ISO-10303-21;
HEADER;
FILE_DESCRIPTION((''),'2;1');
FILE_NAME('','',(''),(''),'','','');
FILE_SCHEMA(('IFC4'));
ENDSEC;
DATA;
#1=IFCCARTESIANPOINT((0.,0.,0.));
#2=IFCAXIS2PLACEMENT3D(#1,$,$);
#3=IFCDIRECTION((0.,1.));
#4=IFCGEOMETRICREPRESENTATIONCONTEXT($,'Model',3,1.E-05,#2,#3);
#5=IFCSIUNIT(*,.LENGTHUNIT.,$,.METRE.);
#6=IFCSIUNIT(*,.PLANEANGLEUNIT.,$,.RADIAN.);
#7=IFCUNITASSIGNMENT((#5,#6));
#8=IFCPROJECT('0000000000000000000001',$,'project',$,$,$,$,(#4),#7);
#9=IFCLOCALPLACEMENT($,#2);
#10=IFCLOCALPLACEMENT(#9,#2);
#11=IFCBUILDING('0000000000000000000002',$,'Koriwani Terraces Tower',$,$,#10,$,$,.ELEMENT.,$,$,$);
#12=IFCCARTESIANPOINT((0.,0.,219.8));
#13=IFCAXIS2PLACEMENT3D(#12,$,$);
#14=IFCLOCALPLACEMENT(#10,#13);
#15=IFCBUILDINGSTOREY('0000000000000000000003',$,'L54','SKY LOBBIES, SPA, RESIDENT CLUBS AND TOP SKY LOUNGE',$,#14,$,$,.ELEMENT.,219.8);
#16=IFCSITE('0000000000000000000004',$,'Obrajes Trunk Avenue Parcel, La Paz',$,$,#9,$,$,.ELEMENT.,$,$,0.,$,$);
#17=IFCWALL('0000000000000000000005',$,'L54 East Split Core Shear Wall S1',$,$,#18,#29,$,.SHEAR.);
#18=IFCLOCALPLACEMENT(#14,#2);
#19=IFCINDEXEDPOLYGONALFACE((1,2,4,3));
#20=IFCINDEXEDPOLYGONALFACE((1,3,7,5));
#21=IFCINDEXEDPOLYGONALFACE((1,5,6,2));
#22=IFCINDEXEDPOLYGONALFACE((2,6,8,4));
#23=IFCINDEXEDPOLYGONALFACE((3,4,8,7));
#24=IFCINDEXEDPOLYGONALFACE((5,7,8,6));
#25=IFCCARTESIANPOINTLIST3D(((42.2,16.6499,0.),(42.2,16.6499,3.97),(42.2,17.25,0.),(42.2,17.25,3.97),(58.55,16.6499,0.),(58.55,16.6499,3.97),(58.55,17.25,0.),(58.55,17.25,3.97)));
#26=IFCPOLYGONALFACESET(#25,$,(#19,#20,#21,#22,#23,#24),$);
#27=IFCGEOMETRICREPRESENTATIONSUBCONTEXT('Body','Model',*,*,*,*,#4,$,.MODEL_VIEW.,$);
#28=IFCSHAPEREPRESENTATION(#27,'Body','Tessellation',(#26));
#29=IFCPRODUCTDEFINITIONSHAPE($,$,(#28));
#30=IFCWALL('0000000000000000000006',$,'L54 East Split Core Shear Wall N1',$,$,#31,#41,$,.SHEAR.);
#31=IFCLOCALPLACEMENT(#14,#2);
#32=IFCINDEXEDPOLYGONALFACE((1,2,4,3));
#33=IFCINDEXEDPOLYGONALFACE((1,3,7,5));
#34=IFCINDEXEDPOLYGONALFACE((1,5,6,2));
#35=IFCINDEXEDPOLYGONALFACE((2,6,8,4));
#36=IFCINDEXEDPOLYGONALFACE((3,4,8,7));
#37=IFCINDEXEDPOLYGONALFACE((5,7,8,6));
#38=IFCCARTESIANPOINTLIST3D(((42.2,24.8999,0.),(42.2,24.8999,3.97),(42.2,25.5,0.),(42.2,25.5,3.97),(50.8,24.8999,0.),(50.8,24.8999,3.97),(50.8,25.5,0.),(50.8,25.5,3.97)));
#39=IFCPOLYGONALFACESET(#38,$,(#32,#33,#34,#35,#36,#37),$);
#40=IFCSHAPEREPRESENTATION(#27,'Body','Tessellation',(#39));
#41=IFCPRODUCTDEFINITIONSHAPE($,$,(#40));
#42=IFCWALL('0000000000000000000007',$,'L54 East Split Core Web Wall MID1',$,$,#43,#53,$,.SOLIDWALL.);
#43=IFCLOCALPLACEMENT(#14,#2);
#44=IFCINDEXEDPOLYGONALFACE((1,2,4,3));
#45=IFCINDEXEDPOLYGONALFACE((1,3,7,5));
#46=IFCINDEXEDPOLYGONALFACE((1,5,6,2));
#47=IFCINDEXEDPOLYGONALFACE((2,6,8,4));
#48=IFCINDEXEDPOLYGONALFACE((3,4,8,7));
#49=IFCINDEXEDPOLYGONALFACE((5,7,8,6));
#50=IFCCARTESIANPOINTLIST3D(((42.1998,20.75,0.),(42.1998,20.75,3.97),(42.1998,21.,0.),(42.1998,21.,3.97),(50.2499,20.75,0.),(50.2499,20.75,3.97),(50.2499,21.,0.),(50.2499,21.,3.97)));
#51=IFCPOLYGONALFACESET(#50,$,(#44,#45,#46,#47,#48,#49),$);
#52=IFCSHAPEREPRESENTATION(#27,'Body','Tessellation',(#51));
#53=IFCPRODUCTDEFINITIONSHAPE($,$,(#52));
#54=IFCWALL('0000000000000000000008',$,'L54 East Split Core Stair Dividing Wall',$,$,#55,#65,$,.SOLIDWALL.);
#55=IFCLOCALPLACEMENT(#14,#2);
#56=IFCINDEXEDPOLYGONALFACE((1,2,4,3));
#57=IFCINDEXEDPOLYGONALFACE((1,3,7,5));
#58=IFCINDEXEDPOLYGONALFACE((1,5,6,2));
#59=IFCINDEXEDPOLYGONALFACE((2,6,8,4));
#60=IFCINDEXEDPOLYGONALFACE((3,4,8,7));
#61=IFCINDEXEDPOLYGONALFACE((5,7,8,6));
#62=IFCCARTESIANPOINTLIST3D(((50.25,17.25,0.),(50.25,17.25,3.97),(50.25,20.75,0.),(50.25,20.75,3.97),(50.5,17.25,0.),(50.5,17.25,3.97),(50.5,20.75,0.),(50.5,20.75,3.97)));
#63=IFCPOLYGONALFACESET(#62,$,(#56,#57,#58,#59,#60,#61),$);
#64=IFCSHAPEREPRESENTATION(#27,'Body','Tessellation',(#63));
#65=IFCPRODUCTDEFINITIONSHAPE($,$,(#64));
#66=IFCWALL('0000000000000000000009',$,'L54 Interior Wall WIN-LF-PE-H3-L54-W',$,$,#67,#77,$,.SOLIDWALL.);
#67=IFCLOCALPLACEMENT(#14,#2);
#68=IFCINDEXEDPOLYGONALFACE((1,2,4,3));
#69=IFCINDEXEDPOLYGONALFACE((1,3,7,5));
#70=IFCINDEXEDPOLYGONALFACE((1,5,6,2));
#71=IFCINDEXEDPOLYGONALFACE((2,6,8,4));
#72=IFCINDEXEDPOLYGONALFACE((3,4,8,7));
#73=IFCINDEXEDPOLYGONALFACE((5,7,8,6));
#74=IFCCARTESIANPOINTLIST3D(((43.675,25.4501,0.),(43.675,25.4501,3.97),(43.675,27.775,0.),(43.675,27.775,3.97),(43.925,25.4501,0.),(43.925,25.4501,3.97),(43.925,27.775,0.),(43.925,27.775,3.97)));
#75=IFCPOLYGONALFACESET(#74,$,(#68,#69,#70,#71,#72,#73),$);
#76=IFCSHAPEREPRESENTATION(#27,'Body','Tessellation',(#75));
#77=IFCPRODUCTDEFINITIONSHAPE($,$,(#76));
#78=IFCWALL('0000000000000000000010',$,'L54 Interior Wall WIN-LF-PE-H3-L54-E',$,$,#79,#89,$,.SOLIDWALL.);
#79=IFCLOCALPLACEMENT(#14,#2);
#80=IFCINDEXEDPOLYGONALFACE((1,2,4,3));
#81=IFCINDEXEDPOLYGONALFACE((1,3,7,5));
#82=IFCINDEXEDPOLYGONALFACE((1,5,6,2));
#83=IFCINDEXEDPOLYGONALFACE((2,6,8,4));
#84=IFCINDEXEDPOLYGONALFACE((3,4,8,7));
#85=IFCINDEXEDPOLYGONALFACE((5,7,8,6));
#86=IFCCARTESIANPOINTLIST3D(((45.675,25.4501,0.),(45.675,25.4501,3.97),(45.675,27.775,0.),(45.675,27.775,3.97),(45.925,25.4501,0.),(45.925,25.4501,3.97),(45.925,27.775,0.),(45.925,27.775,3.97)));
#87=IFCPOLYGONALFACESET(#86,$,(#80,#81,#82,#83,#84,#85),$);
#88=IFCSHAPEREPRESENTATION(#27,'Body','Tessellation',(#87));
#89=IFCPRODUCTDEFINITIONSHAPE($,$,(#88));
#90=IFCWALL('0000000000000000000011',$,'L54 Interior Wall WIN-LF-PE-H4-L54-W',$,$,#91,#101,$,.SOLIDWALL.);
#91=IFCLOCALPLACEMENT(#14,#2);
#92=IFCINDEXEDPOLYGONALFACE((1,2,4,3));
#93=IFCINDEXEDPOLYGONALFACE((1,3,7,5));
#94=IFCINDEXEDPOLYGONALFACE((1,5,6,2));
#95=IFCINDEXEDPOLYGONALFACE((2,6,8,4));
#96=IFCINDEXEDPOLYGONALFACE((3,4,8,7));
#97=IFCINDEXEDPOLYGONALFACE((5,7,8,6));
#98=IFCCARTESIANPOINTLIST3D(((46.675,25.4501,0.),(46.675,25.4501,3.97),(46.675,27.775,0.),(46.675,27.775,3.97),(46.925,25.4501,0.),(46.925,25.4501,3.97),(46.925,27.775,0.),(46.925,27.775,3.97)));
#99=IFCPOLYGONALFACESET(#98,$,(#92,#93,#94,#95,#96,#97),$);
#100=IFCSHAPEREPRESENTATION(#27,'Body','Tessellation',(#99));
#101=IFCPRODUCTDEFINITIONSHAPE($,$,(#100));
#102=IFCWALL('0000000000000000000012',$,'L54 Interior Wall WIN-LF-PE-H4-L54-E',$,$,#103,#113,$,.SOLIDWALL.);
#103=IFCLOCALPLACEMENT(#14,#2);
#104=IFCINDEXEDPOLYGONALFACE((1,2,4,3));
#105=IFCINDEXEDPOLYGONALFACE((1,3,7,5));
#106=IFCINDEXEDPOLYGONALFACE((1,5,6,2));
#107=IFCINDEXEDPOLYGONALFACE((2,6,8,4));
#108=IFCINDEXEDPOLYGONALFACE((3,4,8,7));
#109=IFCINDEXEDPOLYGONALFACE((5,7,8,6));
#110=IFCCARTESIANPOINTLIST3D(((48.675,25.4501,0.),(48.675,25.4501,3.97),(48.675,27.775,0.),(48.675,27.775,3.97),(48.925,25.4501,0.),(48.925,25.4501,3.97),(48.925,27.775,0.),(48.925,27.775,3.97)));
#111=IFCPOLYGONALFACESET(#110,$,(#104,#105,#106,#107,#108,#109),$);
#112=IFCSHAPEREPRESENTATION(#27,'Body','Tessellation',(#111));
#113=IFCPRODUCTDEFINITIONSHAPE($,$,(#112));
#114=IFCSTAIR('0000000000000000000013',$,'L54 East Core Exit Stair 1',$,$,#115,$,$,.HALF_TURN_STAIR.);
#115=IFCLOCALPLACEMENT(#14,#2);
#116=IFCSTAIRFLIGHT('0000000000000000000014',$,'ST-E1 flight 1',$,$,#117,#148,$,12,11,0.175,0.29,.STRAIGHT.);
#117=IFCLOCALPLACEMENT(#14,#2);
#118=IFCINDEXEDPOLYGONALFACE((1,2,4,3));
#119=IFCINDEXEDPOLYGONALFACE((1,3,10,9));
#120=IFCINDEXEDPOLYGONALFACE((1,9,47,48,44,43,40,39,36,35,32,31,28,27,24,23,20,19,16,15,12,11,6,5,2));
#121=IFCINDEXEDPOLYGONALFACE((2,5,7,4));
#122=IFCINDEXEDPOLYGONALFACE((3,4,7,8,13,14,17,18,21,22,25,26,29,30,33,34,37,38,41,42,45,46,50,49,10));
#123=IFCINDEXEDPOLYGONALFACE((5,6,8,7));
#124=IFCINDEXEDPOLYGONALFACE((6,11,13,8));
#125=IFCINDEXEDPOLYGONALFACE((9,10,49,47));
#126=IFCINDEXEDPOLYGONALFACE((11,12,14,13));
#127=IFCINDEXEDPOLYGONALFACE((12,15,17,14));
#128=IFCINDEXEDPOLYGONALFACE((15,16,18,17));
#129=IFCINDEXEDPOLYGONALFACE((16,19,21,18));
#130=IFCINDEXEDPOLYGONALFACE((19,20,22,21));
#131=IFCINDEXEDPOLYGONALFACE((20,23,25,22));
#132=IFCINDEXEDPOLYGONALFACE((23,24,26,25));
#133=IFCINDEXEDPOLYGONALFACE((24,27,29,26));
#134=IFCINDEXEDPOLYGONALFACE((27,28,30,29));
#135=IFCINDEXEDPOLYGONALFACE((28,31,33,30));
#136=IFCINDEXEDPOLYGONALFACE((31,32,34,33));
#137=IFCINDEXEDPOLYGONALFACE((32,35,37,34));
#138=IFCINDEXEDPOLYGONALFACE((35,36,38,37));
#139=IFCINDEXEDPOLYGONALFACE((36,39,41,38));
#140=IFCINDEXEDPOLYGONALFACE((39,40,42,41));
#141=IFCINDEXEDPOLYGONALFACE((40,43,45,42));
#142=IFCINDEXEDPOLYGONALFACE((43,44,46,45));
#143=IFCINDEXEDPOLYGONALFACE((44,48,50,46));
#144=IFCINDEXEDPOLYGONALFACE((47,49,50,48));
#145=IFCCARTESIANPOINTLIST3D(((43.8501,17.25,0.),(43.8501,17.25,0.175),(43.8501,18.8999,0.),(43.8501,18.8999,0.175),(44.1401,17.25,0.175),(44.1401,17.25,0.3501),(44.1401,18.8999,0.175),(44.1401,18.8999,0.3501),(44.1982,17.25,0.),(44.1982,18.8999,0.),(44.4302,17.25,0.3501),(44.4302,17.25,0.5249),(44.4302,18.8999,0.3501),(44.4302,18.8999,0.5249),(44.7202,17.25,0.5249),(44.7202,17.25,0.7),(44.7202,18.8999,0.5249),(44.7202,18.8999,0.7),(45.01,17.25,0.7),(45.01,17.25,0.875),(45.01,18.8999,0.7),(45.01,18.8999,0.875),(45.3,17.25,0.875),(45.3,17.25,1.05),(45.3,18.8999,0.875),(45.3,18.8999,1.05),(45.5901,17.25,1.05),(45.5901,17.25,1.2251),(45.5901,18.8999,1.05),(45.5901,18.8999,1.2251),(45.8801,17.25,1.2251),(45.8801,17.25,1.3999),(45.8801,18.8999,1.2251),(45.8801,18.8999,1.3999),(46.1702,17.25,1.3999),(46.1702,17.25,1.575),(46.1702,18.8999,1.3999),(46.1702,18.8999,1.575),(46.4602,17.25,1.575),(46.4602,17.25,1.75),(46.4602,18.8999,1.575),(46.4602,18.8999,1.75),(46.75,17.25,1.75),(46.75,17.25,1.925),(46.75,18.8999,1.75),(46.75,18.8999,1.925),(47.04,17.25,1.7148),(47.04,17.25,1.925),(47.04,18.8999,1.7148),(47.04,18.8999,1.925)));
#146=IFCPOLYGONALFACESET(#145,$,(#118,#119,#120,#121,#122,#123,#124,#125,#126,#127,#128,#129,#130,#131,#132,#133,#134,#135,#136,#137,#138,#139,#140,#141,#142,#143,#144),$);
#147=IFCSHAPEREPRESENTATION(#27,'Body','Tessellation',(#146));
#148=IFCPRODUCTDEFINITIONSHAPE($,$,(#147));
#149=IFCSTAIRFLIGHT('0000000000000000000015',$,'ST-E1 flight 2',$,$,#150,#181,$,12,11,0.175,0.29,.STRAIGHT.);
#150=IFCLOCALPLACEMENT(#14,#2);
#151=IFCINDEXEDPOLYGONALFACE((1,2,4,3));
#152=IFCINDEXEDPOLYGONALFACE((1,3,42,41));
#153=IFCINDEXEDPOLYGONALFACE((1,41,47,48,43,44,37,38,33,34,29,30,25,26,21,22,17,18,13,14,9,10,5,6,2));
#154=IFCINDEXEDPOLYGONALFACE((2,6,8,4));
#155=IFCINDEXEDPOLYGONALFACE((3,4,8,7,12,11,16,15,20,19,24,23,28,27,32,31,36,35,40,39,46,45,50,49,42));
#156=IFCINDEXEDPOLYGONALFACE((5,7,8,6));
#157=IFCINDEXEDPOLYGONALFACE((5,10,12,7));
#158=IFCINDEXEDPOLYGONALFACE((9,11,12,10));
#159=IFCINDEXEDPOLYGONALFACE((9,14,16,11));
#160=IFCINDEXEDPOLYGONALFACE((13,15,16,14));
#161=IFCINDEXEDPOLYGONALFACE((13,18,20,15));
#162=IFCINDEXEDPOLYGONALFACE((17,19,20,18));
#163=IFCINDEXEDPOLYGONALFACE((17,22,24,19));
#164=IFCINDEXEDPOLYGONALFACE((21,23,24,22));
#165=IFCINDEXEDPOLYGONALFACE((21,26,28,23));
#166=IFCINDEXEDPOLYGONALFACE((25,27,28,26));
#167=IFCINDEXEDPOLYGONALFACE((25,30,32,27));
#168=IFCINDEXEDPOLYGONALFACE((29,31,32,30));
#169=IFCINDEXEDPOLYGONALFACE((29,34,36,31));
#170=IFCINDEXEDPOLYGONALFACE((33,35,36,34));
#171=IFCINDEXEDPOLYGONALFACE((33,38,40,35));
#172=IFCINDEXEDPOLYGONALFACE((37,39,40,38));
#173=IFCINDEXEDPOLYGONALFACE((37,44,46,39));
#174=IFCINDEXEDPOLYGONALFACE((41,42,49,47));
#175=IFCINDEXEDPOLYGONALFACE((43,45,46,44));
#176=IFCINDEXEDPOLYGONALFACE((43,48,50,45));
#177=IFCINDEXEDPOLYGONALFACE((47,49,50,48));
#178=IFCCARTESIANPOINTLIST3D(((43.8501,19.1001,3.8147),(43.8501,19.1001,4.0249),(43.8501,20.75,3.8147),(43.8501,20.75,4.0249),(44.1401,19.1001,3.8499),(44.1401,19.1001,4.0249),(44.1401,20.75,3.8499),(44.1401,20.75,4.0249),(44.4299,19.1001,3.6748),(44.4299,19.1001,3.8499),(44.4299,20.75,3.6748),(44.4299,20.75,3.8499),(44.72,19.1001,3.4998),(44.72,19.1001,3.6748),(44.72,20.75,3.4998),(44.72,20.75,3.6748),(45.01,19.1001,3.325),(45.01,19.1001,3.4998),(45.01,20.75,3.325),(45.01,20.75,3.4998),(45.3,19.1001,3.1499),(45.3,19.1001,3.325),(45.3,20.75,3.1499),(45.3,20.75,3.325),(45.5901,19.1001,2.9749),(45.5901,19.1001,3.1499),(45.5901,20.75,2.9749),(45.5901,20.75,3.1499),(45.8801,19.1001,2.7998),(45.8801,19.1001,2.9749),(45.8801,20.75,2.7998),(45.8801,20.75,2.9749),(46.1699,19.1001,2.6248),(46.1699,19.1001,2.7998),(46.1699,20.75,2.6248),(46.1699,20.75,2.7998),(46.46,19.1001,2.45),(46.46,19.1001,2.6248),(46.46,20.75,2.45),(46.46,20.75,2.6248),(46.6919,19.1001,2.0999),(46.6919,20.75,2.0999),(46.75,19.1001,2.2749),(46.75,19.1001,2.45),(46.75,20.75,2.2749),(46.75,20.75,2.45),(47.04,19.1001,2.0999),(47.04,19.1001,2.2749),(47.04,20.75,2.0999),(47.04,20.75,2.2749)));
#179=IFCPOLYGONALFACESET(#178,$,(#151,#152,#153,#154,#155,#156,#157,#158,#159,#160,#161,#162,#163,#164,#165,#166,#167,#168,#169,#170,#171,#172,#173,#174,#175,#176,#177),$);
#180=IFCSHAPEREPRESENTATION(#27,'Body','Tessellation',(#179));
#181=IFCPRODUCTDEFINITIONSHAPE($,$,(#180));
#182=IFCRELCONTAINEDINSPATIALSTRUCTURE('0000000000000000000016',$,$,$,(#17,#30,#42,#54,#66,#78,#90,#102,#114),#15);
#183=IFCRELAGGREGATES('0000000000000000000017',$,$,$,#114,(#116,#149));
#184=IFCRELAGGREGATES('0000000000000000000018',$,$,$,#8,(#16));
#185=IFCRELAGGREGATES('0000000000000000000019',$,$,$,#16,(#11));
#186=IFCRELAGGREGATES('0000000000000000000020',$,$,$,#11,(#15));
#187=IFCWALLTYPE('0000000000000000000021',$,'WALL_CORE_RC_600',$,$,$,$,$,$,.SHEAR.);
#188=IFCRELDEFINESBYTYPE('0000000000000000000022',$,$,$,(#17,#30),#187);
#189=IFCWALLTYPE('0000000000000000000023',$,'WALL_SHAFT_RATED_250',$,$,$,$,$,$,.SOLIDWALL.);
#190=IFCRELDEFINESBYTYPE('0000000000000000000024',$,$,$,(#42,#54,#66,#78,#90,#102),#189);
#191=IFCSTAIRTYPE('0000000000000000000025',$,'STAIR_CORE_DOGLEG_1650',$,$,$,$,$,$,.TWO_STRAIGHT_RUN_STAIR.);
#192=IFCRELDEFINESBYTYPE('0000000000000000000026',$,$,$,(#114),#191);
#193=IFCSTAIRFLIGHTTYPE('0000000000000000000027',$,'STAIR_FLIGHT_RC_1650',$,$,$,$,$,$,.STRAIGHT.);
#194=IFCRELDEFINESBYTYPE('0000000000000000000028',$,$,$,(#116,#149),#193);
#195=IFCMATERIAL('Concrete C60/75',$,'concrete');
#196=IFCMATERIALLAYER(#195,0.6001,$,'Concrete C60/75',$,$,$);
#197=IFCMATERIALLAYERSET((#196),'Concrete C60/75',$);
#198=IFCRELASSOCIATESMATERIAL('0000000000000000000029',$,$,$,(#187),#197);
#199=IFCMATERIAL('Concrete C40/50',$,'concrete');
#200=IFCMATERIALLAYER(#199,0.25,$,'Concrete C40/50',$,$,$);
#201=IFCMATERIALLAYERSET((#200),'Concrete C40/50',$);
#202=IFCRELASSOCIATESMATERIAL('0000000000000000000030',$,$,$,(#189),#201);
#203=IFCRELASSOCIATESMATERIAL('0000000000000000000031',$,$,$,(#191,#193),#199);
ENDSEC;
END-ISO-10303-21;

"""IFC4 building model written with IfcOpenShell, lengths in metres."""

from ifc_helpers import new_model, si_unit, direction, frame, frame_2d, origin, place, context, subcontext, project, spatial, polyline, rectangle, outline, extrude, material, layer, layer_set, type_object, element, aggregate, save


model = new_model("IFC4")

# Units and contexts
model_context = context("Model", 3, precision=1e-05, world=origin(), true_north=direction((0.0, 1.0)))
body_context = subcontext(model_context, "Body", "Model", "MODEL_VIEW")
ifc_project = project(units=[si_unit("LENGTHUNIT", "METRE"), si_unit("PLANEANGLEUNIT", "RADIAN")], contexts=[model_context])

# Site, building, storey
site_placement = place(None, origin())
site = spatial("IfcSite", under=ifc_project, at=site_placement, Name="Obrajes Trunk Avenue Parcel, La Paz", CompositionType="ELEMENT", RefElevation=0.0)
building_placement = place(site_placement, origin())
building = spatial("IfcBuilding", under=site, at=building_placement, Name="Koriwani Terraces Tower", CompositionType="ELEMENT")
storey_placement = place(building_placement, frame((0.0, 0.0, 219.8)))
storey = spatial("IfcBuildingStorey", under=building, at=storey_placement, Name="L54", Description="SKY LOBBIES, SPA, RESIDENT CLUBS AND TOP SKY LOUNGE", CompositionType="ELEMENT", Elevation=219.8)

# Shared definitions
ifc_material_1 = material(Name="Concrete C60/75", Category="concrete")
ifc_material_2 = material(Name="Concrete C40/50", Category="concrete")

# Walls
ifc_layer_1 = layer(ifc_material_1, 0.6001, Name="Concrete C60/75")
ifc_layer_set_1 = layer_set([ifc_layer_1], Name="Concrete C60/75")
wall_type_1 = type_object("IfcWallType", Name="WALL_CORE_RC_600", PredefinedType="SHEAR", material=ifc_layer_set_1)
wall_1_placement = place(storey_placement, frame((42.2, 16.95, 0.0), z_axis=(0.0, 0.0, 1.0), x_axis=(1.0, 0.0, 0.0)))
element("IfcWall", 1, at=wall_1_placement, inside=storey, type_object=wall_type_1, Name="L54 East Split Core Shear Wall S1", PredefinedType="SHEAR", context=body_context, shape_type="SweptSolid", body=[
    extrude(rectangle(XDim=16.3501, YDim=0.6001, at=frame_2d((8.175, 0.0))), origin(), (0.0, 0.0, 1.0), 3.97),
])
wall_2_placement = place(storey_placement, frame((42.2, 25.2, 0.0), z_axis=(0.0, 0.0, 1.0), x_axis=(1.0, 0.0, 0.0)))
element("IfcWall", 2, at=wall_2_placement, inside=storey, type_object=wall_type_1, Name="L54 East Split Core Shear Wall N1", PredefinedType="SHEAR", context=body_context, shape_type="SweptSolid", body=[
    extrude(rectangle(XDim=8.6001, YDim=0.6001, at=frame_2d((4.3, 0.0))), origin(), (0.0, 0.0, 1.0), 3.97),
])
ifc_layer_2 = layer(ifc_material_2, 0.25, Name="Concrete C40/50")
ifc_layer_set_2 = layer_set([ifc_layer_2], Name="Concrete C40/50")
wall_type_2 = type_object("IfcWallType", Name="WALL_SHAFT_RATED_250", PredefinedType="SOLIDWALL", material=ifc_layer_set_2)
wall_3_placement = place(storey_placement, frame((42.2, 20.875, 0.0), z_axis=(0.0, 0.0, 1.0), x_axis=(1.0, 0.0, 0.0)))
element("IfcWall", 3, at=wall_3_placement, inside=storey, type_object=wall_type_2, Name="L54 East Split Core Web Wall MID1", PredefinedType="SOLIDWALL", context=body_context, shape_type="SweptSolid", body=[
    extrude(rectangle(XDim=8.05, YDim=0.25, at=frame_2d((4.0249, 0.0))), origin(), (0.0, 0.0, 1.0), 3.97),
])
wall_4_placement = place(storey_placement, frame((50.375, 17.25, 0.0), z_axis=(0.0, 0.0, 1.0), x_axis=(0.0, 1.0, 0.0)))
element("IfcWall", 4, at=wall_4_placement, inside=storey, type_object=wall_type_2, Name="L54 East Split Core Stair Dividing Wall", PredefinedType="SOLIDWALL", context=body_context, shape_type="SweptSolid", body=[
    extrude(rectangle(XDim=3.5, YDim=0.25, at=frame_2d((1.75, 0.0))), origin(), (0.0, 0.0, 1.0), 3.97),
])

# Walls
for number, where, z_axis, x_axis, name in (
    (5, (43.8, 25.45, 0.0), (0.0, 0.0, 1.0), (0.0, 1.0, 0.0), "L54 Interior Wall WIN-LF-PE-H3-L54-W"),
    (6, (45.8, 25.45, 0.0), (0.0, 0.0, 1.0), (0.0, 1.0, 0.0), "L54 Interior Wall WIN-LF-PE-H3-L54-E"),
    (7, (46.8, 25.45, 0.0), (0.0, 0.0, 1.0), (0.0, 1.0, 0.0), "L54 Interior Wall WIN-LF-PE-H4-L54-W"),
    (8, (48.8, 25.45, 0.0), (0.0, 0.0, 1.0), (0.0, 1.0, 0.0), "L54 Interior Wall WIN-LF-PE-H4-L54-E"),
):
    element("IfcWall", number, at=place(storey_placement, frame(where, z_axis=z_axis, x_axis=x_axis)), inside=storey, type_object=wall_type_2, Name=name, PredefinedType="SOLIDWALL", context=body_context, shape_type="SweptSolid", body=[
        extrude(rectangle(XDim=2.325, YDim=0.25, at=frame_2d((1.1626, 0.0))), origin(), (0.0, 0.0, 1.0), 3.97),
    ])

# Stair, stair flights
stair_type = type_object("IfcStairType", Name="STAIR_CORE_DOGLEG_1650", PredefinedType="TWO_STRAIGHT_RUN_STAIR", material=ifc_material_2)
stair_placement = place(storey_placement, origin())
stair = element("IfcStair", 9, at=stair_placement, inside=storey, type_object=stair_type, Name="L54 East Core Exit Stair 1", PredefinedType="HALF_TURN_STAIR")
stair_flight_type = type_object("IfcStairFlightType", Name="STAIR_FLIGHT_RC_1650", PredefinedType="STRAIGHT", material=ifc_material_2)
stair_flight_1_placement = place(storey_placement, frame((43.8501, 18.075, 0.0), z_axis=(0.0, 0.0, 1.0), x_axis=(1.0, 0.0, 0.0)))
stair_flight_1 = element("IfcStairFlight", 10, at=stair_flight_1_placement, type_object=stair_flight_type, Name="ST-E1 flight 1", NumberOfRisers=12, NumberOfTreads=11, PredefinedType="STRAIGHT", RiserHeight=0.175, TreadLength=0.29, context=body_context, shape_type="SweptSolid", body=[
    extrude(outline(polyline([(0.0, 0.0), (0.0, 0.175), (0.29, 0.175), (0.29, 0.3501), (0.5801, 0.3501), (0.5801, 0.5249), (0.8701, 0.5249), (0.8701, 0.7), (1.1599, 0.7), (1.1599, 0.875), (1.45, 0.875), (1.45, 1.05), (1.74, 1.05), (1.74, 1.2251), (2.03, 1.2251), (2.03, 1.3999), (2.3201, 1.3999), (2.3201, 1.575), (2.6101, 1.575), (2.6101, 1.75), (2.8999, 1.75), (2.8999, 1.925), (3.1899, 1.925), (3.1899, 2.1001), (3.1899, 1.7148), (0.3481, 0.0), (0.0, 0.0)])), frame((0.0, 0.825, 0.0), z_axis=(0.0, -1.0, 0.0), x_axis=(1.0, 0.0, 0.0)), (0.0, 0.0, 1.0), 1.6499),
])
stair_flight_2_placement = place(storey_placement, frame((47.04, 19.925, 2.0999), z_axis=(0.0, 0.0, 1.0), x_axis=(-1.0, 0.0, 0.0)))
stair_flight_2 = element("IfcStairFlight", 11, at=stair_flight_2_placement, type_object=stair_flight_type, Name="ST-E1 flight 2", NumberOfRisers=12, NumberOfTreads=11, PredefinedType="STRAIGHT", RiserHeight=0.175, TreadLength=0.29, context=body_context, shape_type="SweptSolid", body=[
    extrude(outline(polyline([(0.0, 0.0), (0.0, 0.175), (0.29, 0.175), (0.29, 0.3501), (0.5801, 0.3501), (0.5801, 0.5249), (0.8701, 0.5249), (0.8701, 0.7), (1.1599, 0.7), (1.1599, 0.875), (1.45, 0.875), (1.45, 1.05), (1.74, 1.05), (1.74, 1.2251), (2.03, 1.2251), (2.03, 1.3999), (2.3201, 1.3999), (2.3201, 1.575), (2.6101, 1.575), (2.6101, 1.75), (2.8999, 1.75), (2.8999, 1.925), (3.1899, 1.925), (3.1899, 2.1001), (3.1899, 1.7148), (0.3481, 0.0), (0.0, 0.0)])), frame((0.0, 0.825, 0.0), z_axis=(0.0, -1.0, 0.0), x_axis=(1.0, 0.0, 0.0)), (0.0, 0.0, 1.0), 1.6499),
])
aggregate(stair, [stair_flight_1, stair_flight_2])

save(model, "model.ifc")
